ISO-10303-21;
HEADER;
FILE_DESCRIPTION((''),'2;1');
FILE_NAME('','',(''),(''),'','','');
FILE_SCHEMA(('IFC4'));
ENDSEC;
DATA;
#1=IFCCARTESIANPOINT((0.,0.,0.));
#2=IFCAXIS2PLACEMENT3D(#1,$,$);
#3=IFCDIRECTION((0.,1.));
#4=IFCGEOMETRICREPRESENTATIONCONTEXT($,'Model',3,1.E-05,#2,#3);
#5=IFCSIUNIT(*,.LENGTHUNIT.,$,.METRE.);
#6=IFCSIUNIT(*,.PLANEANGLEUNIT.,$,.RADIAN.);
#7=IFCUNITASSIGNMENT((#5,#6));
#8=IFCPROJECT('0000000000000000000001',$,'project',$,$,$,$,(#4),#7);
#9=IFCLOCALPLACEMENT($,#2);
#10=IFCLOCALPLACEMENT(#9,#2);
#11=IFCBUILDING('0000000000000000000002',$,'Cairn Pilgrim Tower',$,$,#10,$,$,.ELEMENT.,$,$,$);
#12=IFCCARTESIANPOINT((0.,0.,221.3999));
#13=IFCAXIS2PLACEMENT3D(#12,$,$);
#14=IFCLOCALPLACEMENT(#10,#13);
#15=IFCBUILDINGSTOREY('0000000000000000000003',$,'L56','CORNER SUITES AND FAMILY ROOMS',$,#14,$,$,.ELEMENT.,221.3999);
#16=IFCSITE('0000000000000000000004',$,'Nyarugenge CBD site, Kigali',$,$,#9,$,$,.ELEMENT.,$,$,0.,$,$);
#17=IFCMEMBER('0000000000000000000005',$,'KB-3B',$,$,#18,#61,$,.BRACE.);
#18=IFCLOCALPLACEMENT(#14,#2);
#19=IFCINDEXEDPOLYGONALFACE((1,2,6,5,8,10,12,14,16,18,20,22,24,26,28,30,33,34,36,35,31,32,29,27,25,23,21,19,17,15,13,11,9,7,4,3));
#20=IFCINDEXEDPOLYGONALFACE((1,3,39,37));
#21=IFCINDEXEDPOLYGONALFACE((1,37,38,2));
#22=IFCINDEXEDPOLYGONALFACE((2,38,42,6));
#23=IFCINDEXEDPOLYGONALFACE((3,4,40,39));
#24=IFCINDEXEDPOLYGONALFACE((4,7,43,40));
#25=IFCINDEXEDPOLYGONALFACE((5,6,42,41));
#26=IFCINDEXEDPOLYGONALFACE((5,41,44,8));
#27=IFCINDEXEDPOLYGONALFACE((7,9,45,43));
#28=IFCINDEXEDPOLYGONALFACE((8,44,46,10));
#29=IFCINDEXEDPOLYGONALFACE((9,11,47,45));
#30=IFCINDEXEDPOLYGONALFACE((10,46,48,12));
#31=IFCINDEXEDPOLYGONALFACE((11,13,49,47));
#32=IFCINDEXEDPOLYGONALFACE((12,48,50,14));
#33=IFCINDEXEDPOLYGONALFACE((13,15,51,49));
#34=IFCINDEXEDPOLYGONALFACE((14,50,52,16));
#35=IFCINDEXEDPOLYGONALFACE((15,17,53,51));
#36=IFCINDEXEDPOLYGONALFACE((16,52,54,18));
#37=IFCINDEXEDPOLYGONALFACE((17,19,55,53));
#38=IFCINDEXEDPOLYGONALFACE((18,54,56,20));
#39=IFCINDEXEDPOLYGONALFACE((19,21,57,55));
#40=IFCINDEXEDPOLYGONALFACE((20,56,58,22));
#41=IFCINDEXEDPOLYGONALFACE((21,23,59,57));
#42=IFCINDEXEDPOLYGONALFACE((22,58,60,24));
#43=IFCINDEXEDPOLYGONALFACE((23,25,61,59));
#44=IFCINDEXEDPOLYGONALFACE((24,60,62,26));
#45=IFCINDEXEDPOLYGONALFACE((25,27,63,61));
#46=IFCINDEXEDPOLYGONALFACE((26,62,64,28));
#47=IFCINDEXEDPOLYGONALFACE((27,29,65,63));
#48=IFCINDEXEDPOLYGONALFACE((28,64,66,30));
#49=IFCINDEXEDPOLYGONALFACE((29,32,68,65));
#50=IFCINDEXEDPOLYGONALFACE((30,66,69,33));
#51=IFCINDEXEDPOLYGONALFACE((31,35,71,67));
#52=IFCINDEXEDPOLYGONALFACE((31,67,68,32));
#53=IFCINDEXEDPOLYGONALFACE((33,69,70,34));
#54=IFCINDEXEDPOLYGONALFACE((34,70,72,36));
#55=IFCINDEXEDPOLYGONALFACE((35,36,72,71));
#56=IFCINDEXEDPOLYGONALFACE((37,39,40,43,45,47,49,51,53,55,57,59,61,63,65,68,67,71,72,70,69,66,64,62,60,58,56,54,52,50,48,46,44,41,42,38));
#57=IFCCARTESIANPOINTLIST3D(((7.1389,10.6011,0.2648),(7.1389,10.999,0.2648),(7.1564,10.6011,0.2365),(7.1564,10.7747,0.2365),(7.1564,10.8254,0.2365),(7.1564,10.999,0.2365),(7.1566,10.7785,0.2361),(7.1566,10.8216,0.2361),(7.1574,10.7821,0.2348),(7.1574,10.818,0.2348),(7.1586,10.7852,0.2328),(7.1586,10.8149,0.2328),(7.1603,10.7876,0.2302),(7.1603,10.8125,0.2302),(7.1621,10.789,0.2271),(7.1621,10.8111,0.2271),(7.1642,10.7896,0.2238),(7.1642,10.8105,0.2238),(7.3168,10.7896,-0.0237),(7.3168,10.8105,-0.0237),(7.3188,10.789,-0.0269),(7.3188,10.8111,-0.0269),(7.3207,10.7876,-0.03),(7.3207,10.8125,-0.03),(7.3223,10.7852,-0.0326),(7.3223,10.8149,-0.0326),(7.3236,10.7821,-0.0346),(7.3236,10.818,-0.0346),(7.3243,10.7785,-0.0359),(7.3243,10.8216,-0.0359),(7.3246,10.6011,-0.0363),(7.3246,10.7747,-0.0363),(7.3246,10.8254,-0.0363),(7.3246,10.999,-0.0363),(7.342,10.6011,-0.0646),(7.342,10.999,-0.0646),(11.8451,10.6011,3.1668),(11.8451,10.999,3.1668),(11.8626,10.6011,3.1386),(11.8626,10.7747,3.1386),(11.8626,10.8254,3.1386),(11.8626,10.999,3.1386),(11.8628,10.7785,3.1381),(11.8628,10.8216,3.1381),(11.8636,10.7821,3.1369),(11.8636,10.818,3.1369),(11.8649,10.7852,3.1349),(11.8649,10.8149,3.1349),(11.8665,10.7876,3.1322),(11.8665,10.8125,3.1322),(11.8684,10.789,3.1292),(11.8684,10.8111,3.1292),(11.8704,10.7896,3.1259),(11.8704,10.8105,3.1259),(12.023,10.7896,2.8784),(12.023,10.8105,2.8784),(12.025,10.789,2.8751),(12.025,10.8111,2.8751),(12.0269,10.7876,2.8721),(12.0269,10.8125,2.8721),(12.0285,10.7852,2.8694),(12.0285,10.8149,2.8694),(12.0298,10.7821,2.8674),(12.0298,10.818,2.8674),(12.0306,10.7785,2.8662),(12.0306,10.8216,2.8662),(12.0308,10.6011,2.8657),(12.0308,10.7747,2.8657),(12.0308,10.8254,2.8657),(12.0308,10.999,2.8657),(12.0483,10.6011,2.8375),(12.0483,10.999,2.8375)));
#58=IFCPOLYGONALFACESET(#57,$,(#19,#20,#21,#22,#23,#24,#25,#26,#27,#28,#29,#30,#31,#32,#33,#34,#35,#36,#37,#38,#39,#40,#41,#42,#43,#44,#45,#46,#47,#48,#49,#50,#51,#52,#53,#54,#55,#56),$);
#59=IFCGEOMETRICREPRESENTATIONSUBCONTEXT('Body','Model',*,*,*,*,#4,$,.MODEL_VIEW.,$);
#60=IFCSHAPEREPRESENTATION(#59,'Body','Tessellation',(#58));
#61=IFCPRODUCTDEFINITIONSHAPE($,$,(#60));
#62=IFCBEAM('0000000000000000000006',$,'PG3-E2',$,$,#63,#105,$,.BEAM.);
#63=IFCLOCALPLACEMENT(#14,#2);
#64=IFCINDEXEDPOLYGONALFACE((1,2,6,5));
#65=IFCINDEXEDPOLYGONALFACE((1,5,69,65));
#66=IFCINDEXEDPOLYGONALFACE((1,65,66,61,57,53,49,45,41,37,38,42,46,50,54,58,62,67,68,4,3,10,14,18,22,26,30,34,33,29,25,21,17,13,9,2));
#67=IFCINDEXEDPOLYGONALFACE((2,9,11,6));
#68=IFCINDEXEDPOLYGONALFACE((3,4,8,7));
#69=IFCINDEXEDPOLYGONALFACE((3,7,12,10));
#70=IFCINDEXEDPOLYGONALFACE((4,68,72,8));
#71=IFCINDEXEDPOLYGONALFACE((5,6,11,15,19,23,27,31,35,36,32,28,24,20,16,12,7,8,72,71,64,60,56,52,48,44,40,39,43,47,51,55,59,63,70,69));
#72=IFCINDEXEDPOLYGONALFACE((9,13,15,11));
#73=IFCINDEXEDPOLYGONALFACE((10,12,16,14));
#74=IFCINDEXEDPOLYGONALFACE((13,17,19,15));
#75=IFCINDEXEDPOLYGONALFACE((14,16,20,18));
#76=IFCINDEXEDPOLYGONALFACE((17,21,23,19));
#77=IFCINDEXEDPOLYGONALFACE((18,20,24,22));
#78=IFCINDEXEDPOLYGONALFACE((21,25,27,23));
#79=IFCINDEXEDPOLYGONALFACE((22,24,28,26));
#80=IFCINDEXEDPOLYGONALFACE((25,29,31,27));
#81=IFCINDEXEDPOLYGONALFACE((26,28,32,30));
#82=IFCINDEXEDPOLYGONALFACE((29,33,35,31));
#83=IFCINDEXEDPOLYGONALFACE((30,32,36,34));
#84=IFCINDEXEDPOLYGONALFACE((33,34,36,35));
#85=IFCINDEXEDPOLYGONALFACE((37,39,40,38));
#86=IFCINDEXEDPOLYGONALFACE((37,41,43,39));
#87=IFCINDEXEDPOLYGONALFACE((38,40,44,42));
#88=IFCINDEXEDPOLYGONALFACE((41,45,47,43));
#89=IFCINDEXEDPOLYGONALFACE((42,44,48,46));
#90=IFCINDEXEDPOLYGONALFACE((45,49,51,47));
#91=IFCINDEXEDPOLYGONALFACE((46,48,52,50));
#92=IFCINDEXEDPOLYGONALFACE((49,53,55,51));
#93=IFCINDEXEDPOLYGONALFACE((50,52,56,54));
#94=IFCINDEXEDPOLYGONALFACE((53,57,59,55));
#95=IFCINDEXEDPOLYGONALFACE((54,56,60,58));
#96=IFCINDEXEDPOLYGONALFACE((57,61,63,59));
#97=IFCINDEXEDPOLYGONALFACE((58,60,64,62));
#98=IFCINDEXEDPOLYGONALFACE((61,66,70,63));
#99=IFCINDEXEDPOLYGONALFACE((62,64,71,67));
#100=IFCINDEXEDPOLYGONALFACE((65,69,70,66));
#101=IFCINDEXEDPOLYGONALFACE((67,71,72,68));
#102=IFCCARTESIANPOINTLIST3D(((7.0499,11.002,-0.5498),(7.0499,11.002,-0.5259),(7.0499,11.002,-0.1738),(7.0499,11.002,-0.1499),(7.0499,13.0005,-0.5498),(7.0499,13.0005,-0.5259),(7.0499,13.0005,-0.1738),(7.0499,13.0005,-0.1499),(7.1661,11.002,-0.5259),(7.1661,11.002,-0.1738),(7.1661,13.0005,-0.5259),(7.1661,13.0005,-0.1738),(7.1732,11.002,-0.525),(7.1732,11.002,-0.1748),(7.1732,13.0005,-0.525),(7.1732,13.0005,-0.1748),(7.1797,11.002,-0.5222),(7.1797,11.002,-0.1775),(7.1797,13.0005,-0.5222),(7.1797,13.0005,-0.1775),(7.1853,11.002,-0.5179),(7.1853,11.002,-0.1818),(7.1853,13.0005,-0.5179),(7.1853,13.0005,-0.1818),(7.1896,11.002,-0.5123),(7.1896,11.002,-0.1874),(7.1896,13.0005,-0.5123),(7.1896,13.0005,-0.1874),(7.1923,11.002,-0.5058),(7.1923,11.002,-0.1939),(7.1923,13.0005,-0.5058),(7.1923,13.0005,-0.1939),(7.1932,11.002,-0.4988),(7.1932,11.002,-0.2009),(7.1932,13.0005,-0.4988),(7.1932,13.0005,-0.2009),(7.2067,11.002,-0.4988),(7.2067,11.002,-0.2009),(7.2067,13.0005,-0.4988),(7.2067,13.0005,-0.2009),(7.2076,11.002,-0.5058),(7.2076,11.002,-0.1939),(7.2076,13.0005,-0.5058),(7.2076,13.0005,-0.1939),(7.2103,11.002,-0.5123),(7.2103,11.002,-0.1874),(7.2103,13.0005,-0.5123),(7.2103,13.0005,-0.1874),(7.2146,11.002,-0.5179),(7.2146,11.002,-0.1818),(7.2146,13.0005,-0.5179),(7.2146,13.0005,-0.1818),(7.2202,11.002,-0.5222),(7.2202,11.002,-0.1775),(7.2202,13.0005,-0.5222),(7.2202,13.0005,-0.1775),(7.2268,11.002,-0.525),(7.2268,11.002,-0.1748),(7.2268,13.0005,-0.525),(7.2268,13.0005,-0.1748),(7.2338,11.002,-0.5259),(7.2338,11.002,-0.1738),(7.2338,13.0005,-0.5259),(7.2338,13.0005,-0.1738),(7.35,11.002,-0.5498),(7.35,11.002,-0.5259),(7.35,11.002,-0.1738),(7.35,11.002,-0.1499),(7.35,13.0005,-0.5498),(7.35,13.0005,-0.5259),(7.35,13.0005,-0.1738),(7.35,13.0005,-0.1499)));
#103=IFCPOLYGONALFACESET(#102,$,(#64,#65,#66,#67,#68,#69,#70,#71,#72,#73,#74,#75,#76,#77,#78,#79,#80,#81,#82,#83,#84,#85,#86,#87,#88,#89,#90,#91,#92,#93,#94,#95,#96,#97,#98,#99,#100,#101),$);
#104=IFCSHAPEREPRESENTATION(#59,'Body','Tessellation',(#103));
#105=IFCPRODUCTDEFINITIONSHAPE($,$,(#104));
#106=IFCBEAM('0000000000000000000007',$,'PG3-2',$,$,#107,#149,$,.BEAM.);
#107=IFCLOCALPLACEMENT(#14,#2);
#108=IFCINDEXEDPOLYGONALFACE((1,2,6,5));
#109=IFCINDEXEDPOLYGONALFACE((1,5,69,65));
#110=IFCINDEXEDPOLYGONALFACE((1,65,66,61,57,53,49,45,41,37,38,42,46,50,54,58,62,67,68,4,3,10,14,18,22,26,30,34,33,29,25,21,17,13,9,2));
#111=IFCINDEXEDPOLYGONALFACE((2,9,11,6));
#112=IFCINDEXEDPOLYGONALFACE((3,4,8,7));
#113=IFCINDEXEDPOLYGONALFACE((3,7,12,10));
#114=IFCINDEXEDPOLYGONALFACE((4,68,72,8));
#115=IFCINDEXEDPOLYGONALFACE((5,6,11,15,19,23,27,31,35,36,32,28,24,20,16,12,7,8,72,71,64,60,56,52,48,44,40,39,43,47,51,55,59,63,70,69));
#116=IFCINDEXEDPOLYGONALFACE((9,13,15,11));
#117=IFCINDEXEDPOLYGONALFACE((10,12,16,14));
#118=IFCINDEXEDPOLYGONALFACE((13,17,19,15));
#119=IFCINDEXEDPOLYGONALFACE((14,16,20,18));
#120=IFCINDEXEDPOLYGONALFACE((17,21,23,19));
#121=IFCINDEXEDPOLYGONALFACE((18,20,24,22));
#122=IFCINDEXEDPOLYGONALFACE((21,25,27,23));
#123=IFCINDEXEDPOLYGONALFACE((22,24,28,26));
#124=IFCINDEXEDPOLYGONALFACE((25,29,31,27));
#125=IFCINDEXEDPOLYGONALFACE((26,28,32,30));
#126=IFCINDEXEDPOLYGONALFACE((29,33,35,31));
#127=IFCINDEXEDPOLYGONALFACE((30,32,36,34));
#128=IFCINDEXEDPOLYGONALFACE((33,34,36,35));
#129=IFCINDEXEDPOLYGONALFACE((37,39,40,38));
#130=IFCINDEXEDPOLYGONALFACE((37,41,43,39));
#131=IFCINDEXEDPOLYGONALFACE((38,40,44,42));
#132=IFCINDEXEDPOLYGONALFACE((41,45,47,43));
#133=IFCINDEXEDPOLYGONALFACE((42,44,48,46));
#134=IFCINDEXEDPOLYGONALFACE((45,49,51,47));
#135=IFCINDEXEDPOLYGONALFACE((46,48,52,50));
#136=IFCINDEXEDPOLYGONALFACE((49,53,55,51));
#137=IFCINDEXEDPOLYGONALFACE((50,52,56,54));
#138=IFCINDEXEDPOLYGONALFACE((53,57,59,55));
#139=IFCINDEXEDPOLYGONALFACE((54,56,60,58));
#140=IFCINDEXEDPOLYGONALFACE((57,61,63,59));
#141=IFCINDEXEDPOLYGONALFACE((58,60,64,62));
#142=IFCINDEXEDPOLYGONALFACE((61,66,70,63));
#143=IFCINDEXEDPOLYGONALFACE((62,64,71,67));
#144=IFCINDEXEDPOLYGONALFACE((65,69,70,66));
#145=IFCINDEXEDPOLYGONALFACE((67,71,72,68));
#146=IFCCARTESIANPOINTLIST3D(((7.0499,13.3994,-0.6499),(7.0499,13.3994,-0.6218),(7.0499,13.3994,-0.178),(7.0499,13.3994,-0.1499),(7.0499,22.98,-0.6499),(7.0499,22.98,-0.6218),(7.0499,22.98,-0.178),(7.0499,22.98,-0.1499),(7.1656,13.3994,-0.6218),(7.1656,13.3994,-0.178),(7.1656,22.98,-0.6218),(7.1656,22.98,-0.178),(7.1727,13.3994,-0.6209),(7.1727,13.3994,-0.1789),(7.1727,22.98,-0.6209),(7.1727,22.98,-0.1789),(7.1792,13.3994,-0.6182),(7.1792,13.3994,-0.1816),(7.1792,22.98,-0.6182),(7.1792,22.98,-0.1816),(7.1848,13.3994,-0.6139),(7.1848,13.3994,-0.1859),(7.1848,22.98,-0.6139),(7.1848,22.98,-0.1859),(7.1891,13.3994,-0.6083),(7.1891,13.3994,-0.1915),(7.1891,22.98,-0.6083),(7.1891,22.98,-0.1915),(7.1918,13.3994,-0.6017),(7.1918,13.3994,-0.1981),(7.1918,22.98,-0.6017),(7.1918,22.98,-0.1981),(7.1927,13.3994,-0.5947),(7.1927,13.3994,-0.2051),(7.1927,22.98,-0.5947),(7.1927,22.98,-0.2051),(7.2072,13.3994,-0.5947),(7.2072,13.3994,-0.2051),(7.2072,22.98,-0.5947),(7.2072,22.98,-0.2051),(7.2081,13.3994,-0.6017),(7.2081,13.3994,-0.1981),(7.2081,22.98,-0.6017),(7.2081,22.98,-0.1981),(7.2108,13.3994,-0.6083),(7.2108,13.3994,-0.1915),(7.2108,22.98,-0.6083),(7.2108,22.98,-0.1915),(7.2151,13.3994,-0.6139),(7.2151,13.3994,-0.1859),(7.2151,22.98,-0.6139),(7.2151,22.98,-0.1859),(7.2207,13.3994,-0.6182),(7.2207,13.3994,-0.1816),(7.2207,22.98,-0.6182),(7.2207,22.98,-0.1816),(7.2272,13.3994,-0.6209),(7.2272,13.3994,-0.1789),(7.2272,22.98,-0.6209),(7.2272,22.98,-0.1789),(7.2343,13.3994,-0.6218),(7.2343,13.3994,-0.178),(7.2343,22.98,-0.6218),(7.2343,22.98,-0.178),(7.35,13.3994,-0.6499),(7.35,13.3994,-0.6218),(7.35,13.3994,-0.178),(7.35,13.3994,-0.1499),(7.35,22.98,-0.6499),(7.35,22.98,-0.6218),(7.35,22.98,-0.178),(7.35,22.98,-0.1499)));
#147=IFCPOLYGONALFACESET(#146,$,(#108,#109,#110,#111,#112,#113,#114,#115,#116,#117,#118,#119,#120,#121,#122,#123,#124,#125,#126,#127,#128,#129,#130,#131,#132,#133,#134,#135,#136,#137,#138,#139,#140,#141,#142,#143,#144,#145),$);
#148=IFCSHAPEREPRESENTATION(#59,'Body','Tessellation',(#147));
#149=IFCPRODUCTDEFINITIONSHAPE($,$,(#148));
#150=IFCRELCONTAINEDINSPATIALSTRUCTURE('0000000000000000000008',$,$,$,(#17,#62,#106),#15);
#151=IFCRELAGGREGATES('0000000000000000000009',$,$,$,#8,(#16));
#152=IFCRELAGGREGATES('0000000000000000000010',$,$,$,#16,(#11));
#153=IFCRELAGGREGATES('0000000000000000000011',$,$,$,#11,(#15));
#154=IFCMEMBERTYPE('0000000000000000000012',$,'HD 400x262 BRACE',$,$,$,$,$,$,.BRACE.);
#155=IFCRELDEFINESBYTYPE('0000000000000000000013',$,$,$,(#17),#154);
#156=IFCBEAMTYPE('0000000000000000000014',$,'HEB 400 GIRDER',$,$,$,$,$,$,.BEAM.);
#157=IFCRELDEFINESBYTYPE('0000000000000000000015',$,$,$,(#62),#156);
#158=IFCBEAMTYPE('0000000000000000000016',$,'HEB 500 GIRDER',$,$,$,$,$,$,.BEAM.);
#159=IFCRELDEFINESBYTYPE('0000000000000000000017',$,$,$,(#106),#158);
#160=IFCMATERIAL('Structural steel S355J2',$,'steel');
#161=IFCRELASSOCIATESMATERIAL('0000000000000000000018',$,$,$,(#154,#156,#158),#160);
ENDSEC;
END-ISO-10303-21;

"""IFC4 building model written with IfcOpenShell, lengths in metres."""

from ifc_helpers import new_model, si_unit, direction, frame, origin, origin_2d, place, context, subcontext, project, spatial, i_section, extrude, material, material_profile, profile_set, type_object, element, save


model = new_model("IFC4")

# Units and contexts
model_context = context("Model", 3, precision=1e-05, world=origin(), true_north=direction((0.0, 1.0)))
body_context = subcontext(model_context, "Body", "Model", "MODEL_VIEW")
ifc_project = project(units=[si_unit("LENGTHUNIT", "METRE"), si_unit("PLANEANGLEUNIT", "RADIAN")], contexts=[model_context])

# Site, building, storey
site_placement = place(None, origin())
site = spatial("IfcSite", under=ifc_project, at=site_placement, Name="Nyarugenge CBD site, Kigali", CompositionType="ELEMENT", RefElevation=0.0)
building_placement = place(site_placement, origin())
building = spatial("IfcBuilding", under=site, at=building_placement, Name="Cairn Pilgrim Tower", CompositionType="ELEMENT")
storey_placement = place(building_placement, frame((0.0, 0.0, 221.3999)))
storey = spatial("IfcBuildingStorey", under=building, at=storey_placement, Name="L56", Description="CORNER SUITES AND FAMILY ROOMS", CompositionType="ELEMENT", Elevation=221.3999)

# Shared definitions
ifc_material_1 = material(Name="Structural steel S355J2", Category="steel")

# Member
ifc_material_profile_1 = material_profile(ifc_material_1, i_section(OverallWidth=0.3979, OverallDepth=0.387, WebThickness=0.021, FlangeThickness=0.0332, FilletRadius=0.0149, at=origin_2d()), Name="HD 400x262")
ifc_profile_set_1 = profile_set([ifc_material_profile_1], Name="Structural steel S355J2")
member_type_1 = type_object("IfcMemberType", Name="HD 400x262 BRACE", PredefinedType="BRACE", material=ifc_profile_set_1)
member_1_placement = place(storey_placement, frame((7.2405, 10.8, 0.1001), z_axis=(0.85118, 0.0, 0.524873), x_axis=(0.0, 1.0, 0.0)))
element("IfcMember", 1, at=member_1_placement, inside=storey, type_object=member_type_1, Name="KB-3B", PredefinedType="BRACE", context=body_context, shape_type="SweptSolid", body=[
    extrude(i_section(OverallWidth=0.3979, OverallDepth=0.387, WebThickness=0.021, FlangeThickness=0.0332, FilletRadius=0.0149, at=origin_2d()), origin(), (0.0, 0.0, 1.0), 5.5291),
])

# Beams
ifc_material_profile_2 = material_profile(ifc_material_1, i_section(OverallWidth=0.3, OverallDepth=0.3999, WebThickness=0.0134, FlangeThickness=0.0239, FilletRadius=0.0271, at=origin_2d()), Name="HEB 400")
ifc_profile_set_2 = profile_set([ifc_material_profile_2], Name="Structural steel S355J2")
beam_type_1 = type_object("IfcBeamType", Name="HEB 400 GIRDER", PredefinedType="BEAM", material=ifc_profile_set_2)
beam_1_placement = place(storey_placement, frame((7.2, 11.002, -0.3499), z_axis=(0.0, 1.0, 0.0), x_axis=(-1.0, 0.0, 0.0)))
element("IfcBeam", 2, at=beam_1_placement, inside=storey, type_object=beam_type_1, Name="PG3-E2", PredefinedType="BEAM", context=body_context, shape_type="SweptSolid", body=[
    extrude(i_section(OverallWidth=0.3, OverallDepth=0.3999, WebThickness=0.0134, FlangeThickness=0.0239, FilletRadius=0.0271, at=origin_2d()), origin(), (0.0, 0.0, 1.0), 1.9985),
])
ifc_material_profile_3 = material_profile(ifc_material_1, i_section(OverallWidth=0.3, OverallDepth=0.5, WebThickness=0.0144, FlangeThickness=0.0281, FilletRadius=0.0271, at=origin_2d()), Name="HEB 500")
ifc_profile_set_3 = profile_set([ifc_material_profile_3], Name="Structural steel S355J2")
beam_type_2 = type_object("IfcBeamType", Name="HEB 500 GIRDER", PredefinedType="BEAM", material=ifc_profile_set_3)
beam_2_placement = place(storey_placement, frame((7.2, 13.3994, -0.3999), z_axis=(0.0, 1.0, 0.0), x_axis=(-1.0, 0.0, 0.0)))
element("IfcBeam", 3, at=beam_2_placement, inside=storey, type_object=beam_type_2, Name="PG3-2", PredefinedType="BEAM", context=body_context, shape_type="SweptSolid", body=[
    extrude(i_section(OverallWidth=0.3, OverallDepth=0.5, WebThickness=0.0144, FlangeThickness=0.0281, FilletRadius=0.0271, at=origin_2d()), origin(), (0.0, 0.0, 1.0), 9.5806),
])

save(model, "model.ifc")
